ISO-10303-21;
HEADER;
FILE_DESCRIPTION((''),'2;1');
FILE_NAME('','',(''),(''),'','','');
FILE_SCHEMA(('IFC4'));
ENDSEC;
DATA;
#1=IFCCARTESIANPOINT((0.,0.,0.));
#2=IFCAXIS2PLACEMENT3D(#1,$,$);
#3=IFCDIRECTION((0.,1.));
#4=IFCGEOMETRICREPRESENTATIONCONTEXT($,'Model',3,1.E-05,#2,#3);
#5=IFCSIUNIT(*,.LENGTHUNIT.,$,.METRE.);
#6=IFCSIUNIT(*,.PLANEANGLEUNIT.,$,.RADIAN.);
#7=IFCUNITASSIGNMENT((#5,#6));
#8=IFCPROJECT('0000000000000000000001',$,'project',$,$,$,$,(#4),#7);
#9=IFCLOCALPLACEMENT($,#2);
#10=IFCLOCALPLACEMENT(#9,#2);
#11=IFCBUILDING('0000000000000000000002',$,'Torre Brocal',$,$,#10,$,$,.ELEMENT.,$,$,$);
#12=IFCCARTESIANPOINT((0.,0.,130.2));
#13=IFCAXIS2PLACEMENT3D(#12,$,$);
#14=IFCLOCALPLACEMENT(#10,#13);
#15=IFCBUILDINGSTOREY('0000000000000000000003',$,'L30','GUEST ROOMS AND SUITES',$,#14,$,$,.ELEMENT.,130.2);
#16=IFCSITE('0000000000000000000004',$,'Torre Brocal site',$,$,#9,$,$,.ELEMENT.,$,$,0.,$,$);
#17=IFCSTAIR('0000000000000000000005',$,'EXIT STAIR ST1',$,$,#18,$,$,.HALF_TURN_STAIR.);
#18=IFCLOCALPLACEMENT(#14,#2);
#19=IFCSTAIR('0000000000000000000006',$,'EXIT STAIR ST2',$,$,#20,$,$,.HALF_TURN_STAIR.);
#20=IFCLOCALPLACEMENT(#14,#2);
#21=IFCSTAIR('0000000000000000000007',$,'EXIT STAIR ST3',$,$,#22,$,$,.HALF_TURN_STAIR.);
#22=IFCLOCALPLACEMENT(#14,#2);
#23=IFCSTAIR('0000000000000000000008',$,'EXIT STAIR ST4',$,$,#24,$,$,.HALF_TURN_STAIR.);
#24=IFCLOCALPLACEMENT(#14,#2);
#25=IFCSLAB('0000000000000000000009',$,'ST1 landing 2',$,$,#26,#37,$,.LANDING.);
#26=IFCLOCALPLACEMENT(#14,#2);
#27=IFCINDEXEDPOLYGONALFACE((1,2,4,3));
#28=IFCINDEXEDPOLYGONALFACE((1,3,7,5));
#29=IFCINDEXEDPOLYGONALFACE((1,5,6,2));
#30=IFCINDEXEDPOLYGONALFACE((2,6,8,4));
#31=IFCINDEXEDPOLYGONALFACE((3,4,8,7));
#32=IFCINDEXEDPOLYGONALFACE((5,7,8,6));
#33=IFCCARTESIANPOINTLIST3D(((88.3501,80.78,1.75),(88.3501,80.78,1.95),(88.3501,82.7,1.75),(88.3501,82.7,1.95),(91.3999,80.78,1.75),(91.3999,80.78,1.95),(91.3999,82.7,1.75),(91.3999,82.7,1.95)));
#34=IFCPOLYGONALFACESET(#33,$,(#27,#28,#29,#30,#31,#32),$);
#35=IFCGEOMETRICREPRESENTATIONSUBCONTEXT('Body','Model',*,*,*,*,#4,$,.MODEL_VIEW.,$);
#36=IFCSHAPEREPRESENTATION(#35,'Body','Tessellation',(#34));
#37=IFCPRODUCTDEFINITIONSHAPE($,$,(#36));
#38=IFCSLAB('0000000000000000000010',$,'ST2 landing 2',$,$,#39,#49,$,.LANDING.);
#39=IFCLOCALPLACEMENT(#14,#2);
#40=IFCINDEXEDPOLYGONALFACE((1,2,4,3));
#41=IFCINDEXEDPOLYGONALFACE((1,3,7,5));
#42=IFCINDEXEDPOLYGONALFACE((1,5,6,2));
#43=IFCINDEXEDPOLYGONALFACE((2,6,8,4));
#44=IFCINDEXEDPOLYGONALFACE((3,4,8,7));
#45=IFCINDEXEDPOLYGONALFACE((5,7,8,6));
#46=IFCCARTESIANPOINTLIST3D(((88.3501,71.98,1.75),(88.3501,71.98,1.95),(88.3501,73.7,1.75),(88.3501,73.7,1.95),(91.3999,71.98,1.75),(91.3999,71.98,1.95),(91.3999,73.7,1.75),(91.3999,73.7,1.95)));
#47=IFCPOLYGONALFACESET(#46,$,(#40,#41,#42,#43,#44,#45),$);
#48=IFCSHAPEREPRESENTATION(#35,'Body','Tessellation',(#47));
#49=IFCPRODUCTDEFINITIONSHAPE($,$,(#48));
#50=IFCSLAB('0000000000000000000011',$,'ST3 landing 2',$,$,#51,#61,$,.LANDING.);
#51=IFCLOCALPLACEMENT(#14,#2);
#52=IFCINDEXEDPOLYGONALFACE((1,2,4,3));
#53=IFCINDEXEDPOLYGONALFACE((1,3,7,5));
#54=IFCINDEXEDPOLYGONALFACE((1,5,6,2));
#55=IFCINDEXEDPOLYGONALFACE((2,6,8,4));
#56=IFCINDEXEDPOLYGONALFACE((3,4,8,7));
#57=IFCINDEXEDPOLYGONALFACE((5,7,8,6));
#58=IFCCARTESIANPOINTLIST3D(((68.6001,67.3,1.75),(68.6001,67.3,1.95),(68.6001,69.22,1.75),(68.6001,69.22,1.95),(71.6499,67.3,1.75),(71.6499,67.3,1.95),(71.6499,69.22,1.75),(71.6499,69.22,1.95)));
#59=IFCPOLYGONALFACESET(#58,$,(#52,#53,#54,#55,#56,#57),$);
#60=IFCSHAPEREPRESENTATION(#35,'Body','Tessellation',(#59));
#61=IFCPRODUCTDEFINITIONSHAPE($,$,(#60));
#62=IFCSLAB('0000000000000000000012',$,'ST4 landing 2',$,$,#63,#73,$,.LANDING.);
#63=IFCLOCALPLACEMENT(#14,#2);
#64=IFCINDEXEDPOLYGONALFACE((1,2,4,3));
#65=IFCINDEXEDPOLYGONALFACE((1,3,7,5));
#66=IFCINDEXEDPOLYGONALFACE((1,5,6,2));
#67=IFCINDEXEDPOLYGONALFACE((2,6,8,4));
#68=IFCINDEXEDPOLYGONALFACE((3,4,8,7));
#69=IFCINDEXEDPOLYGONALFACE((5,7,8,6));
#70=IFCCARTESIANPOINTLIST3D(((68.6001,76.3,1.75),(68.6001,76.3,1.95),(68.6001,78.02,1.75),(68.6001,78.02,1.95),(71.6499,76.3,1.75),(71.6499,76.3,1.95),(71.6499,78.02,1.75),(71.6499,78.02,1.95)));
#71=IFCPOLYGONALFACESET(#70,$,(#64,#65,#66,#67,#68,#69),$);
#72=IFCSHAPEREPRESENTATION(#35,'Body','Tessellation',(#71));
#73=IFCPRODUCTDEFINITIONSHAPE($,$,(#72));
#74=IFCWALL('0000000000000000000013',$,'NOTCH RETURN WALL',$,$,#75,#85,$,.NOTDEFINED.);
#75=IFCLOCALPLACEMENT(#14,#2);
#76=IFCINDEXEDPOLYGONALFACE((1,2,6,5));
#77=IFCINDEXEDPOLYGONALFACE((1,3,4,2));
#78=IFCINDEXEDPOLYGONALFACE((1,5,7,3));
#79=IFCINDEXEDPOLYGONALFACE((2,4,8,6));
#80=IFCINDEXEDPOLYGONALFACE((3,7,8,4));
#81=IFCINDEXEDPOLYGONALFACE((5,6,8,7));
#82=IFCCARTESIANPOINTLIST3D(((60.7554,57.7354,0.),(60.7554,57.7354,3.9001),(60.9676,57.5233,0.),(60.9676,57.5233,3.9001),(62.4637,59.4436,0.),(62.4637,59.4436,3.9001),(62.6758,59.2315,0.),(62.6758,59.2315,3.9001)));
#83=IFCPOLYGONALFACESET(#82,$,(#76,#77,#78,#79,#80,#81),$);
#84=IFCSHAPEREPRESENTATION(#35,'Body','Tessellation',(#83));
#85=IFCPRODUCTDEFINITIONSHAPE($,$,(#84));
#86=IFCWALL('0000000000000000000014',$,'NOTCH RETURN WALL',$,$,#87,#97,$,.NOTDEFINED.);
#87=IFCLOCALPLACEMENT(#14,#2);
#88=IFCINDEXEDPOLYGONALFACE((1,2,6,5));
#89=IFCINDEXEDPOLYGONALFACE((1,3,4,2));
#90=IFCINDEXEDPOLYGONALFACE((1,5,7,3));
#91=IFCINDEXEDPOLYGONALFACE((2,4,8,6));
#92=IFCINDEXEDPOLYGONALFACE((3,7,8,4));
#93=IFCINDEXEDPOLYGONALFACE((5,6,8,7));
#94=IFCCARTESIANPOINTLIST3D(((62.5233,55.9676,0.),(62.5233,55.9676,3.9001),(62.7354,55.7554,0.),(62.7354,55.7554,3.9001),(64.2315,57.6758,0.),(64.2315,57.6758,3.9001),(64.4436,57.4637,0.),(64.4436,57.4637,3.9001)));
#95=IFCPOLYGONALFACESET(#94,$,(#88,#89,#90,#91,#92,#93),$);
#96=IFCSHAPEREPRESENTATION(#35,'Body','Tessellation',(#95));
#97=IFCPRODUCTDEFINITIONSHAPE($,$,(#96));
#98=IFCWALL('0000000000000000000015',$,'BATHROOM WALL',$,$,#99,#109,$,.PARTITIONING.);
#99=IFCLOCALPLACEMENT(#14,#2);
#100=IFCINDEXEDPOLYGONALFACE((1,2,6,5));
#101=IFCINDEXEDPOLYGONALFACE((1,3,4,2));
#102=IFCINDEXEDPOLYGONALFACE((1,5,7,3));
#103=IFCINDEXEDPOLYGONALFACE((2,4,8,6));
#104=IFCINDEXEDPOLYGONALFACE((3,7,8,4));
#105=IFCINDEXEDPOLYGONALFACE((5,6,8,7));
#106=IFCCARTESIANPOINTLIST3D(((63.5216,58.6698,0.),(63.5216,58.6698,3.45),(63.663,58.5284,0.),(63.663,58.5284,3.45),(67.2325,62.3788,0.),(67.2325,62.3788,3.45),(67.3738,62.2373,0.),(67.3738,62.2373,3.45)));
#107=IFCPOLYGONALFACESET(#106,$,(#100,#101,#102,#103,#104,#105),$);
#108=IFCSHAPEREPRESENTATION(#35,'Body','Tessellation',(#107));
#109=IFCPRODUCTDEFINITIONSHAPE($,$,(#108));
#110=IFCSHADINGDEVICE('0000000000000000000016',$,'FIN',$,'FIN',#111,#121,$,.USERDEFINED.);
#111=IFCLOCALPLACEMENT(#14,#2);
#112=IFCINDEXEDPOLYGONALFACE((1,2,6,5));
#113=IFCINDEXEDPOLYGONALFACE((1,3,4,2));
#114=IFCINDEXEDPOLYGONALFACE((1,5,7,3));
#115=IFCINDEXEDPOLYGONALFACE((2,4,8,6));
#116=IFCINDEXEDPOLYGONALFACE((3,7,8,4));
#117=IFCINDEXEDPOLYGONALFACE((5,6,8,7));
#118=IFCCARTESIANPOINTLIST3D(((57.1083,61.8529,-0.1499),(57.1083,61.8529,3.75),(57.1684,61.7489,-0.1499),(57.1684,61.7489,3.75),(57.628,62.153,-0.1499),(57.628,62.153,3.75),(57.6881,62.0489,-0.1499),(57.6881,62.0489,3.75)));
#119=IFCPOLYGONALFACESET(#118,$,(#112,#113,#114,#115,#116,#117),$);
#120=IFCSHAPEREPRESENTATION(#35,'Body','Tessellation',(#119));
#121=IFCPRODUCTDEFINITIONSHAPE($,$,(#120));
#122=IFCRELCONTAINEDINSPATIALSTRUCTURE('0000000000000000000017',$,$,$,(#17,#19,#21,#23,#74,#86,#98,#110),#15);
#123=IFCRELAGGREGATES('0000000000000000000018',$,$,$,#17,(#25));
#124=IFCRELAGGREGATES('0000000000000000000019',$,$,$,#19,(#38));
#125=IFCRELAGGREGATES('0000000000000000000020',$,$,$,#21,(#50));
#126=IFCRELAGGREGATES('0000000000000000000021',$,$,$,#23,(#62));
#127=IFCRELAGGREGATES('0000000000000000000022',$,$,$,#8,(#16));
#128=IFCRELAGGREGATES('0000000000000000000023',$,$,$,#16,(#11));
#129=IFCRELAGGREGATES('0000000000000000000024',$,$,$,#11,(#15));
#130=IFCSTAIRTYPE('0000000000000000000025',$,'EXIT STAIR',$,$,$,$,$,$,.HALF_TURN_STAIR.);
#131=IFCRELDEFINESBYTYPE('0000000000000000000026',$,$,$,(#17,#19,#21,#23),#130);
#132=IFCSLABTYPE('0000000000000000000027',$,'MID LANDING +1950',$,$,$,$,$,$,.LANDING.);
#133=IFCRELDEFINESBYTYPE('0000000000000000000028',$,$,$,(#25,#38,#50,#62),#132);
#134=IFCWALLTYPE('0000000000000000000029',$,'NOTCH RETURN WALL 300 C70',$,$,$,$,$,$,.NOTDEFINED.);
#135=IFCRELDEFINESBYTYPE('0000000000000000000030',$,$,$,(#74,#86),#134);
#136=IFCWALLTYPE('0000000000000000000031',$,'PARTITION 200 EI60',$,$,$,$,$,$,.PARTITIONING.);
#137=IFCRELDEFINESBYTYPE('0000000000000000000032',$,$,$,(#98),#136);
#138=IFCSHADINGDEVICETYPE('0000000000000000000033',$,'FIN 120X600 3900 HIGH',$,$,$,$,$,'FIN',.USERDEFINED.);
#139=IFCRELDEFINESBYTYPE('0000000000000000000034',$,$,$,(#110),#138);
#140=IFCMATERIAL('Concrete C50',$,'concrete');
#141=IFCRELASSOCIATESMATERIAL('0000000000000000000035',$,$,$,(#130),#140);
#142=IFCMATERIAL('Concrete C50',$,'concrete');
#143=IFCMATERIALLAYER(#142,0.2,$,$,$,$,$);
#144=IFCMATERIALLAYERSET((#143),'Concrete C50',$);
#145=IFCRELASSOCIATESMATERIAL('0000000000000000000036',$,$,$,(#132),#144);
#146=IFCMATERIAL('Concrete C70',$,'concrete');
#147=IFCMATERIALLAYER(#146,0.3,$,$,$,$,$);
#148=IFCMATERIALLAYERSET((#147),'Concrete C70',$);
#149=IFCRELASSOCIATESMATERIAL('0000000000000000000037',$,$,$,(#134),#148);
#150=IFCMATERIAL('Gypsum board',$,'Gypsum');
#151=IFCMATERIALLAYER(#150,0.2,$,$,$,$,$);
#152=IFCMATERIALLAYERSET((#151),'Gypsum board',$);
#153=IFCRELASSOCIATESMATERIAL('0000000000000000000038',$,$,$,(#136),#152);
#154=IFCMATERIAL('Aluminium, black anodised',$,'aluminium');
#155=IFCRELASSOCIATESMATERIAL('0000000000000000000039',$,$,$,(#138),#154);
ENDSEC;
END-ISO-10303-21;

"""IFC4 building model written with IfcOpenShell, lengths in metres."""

from ifc_helpers import new_model, si_unit, direction, frame, frame_2d, origin, origin_2d, place, context, subcontext, project, spatial, polyline, rectangle, outline, extrude, material, layer, layer_set, material_profile, profile_set, type_object, element, aggregate, save


model = new_model("IFC4")

# Units and contexts
model_context = context("Model", 3, precision=1e-05, world=origin(), true_north=direction((0.0, 1.0)))
body_context = subcontext(model_context, "Body", "Model", "MODEL_VIEW")
ifc_project = project(units=[si_unit("LENGTHUNIT", "METRE"), si_unit("PLANEANGLEUNIT", "RADIAN")], contexts=[model_context])

# Site, building, storey
site_placement = place(None, origin())
site = spatial("IfcSite", under=ifc_project, at=site_placement, Name="Torre Brocal site", CompositionType="ELEMENT", RefElevation=0.0)
building_placement = place(site_placement, origin())
building = spatial("IfcBuilding", under=site, at=building_placement, Name="Torre Brocal", CompositionType="ELEMENT")
storey_placement = place(building_placement, frame((0.0, 0.0, 130.2)))
storey = spatial("IfcBuildingStorey", under=building, at=storey_placement, Name="L30", Description="GUEST ROOMS AND SUITES", CompositionType="ELEMENT", Elevation=130.2)

# Stairs
ifc_material_1 = material(Name="Concrete C50", Category="concrete")
stair_type = type_object("IfcStairType", Name="EXIT STAIR", PredefinedType="HALF_TURN_STAIR", material=ifc_material_1)
stair_1_placement = place(storey_placement, origin())
stair_1 = element("IfcStair", 1, at=stair_1_placement, inside=storey, type_object=stair_type, Name="EXIT STAIR ST1", PredefinedType="HALF_TURN_STAIR")
stair_2_placement = place(storey_placement, origin())
stair_2 = element("IfcStair", 2, at=stair_2_placement, inside=storey, type_object=stair_type, Name="EXIT STAIR ST2", PredefinedType="HALF_TURN_STAIR")
stair_3_placement = place(storey_placement, origin())
stair_3 = element("IfcStair", 3, at=stair_3_placement, inside=storey, type_object=stair_type, Name="EXIT STAIR ST3", PredefinedType="HALF_TURN_STAIR")
stair_4_placement = place(storey_placement, origin())
stair_4 = element("IfcStair", 4, at=stair_4_placement, inside=storey, type_object=stair_type, Name="EXIT STAIR ST4", PredefinedType="HALF_TURN_STAIR")

# Slabs
ifc_material_2 = material(Name="Concrete C50", Category="concrete")
ifc_layer_1 = layer(ifc_material_2, 0.2)
ifc_layer_set_1 = layer_set([ifc_layer_1], Name="Concrete C50")
slab_type_1 = type_object("IfcSlabType", Name="MID LANDING +1950", PredefinedType="LANDING", material=ifc_layer_set_1)
slab_1_placement = place(storey_placement, frame((0.0, 0.0, 1.75)))
slab_1 = element("IfcSlab", 5, at=slab_1_placement, type_object=slab_type_1, Name="ST1 landing 2", PredefinedType="LANDING", context=body_context, shape_type="SweptSolid", body=[
    extrude(outline(polyline([(88.3501, 80.78), (91.3999, 80.78), (91.3999, 82.7), (88.3501, 82.7), (88.3501, 80.78)])), origin(), (0.0, 0.0, 1.0), 0.2),
])
aggregate(stair_1, [slab_1])
slab_2_placement = place(storey_placement, frame((0.0, 0.0, 1.75)))
slab_2 = element("IfcSlab", 6, at=slab_2_placement, type_object=slab_type_1, Name="ST2 landing 2", PredefinedType="LANDING", context=body_context, shape_type="SweptSolid", body=[
    extrude(outline(polyline([(88.3501, 71.98), (91.3999, 71.98), (91.3999, 73.7), (88.3501, 73.7), (88.3501, 71.98)])), origin(), (0.0, 0.0, 1.0), 0.2),
])
aggregate(stair_2, [slab_2])
slab_3_placement = place(storey_placement, frame((0.0, 0.0, 1.75)))
slab_3 = element("IfcSlab", 7, at=slab_3_placement, type_object=slab_type_1, Name="ST3 landing 2", PredefinedType="LANDING", context=body_context, shape_type="SweptSolid", body=[
    extrude(outline(polyline([(71.6499, 69.22), (68.6001, 69.22), (68.6001, 67.3), (71.6499, 67.3), (71.6499, 69.22)])), origin(), (0.0, 0.0, 1.0), 0.2),
])
aggregate(stair_3, [slab_3])
slab_4_placement = place(storey_placement, frame((0.0, 0.0, 1.75)))
slab_4 = element("IfcSlab", 8, at=slab_4_placement, type_object=slab_type_1, Name="ST4 landing 2", PredefinedType="LANDING", context=body_context, shape_type="SweptSolid", body=[
    extrude(outline(polyline([(71.6499, 78.02), (68.6001, 78.02), (68.6001, 76.3), (71.6499, 76.3), (71.6499, 78.02)])), origin(), (0.0, 0.0, 1.0), 0.2),
])
aggregate(stair_4, [slab_4])

# Walls
ifc_material_3 = material(Name="Concrete C70", Category="concrete")
ifc_layer_2 = layer(ifc_material_3, 0.3)
ifc_layer_set_2 = layer_set([ifc_layer_2], Name="Concrete C70")
wall_type_1 = type_object("IfcWallType", Name="NOTCH RETURN WALL 300 C70", PredefinedType="NOTDEFINED", material=ifc_layer_set_2)
for number, where, z_axis, x_axis, name in (
    (9, (62.5698, 59.3376, 0.0), (0.0, 0.0, 1.0), (-0.707107, -0.707107, 0.0), "NOTCH RETURN WALL"),
    (10, (64.3376, 57.5698, 0.0), (0.0, 0.0, 1.0), (-0.707107, -0.707107, 0.0), "NOTCH RETURN WALL"),
):
    element("IfcWall", number, at=place(storey_placement, frame(where, z_axis=z_axis, x_axis=x_axis)), inside=storey, type_object=wall_type_1, Name=name, PredefinedType="NOTDEFINED", context=body_context, shape_type="SweptSolid", body=[
        extrude(rectangle(XDim=2.4158, YDim=0.3, at=frame_2d((1.208, 0.0))), origin(), (0.0, 0.0, 1.0), 3.9001),
    ])
ifc_material_4 = material(Name="Gypsum board", Category="Gypsum")
ifc_layer_3 = layer(ifc_material_4, 0.2)
ifc_layer_set_3 = layer_set([ifc_layer_3], Name="Gypsum board")
wall_type_2 = type_object("IfcWallType", Name="PARTITION 200 EI60", PredefinedType="PARTITIONING", material=ifc_layer_set_3)
wall_placement = place(storey_placement, frame((63.5923, 58.5991, 0.0), z_axis=(0.0, 0.0, 1.0), x_axis=(0.707293, 0.706921, 0.0)))
element("IfcWall", 11, at=wall_placement, inside=storey, type_object=wall_type_2, Name="BATHROOM WALL", PredefinedType="PARTITIONING", context=body_context, shape_type="SweptSolid", body=[
    extrude(rectangle(XDim=5.2466, YDim=0.2, at=frame_2d((2.6233, 0.0))), origin(), (0.0, 0.0, 1.0), 3.45),
])

# Shading device
ifc_material_5 = material(Name="Aluminium, black anodised", Category="aluminium")
ifc_material_profile_1 = material_profile(ifc_material_5, rectangle(XDim=0.1201, YDim=0.6001, at=origin_2d()), Name="FIN 120X600 3900 HIGH")
ifc_profile_set_1 = profile_set([ifc_material_profile_1], Name="Aluminium, black anodised")
shading_device_type = type_object("IfcShadingDeviceType", Name="FIN 120X600 3900 HIGH", ElementType="FIN", PredefinedType="USERDEFINED", material=ifc_profile_set_1)
shading_device_placement = place(storey_placement, frame((57.3982, 61.9509, -0.1499), z_axis=(0.0, 0.0, 1.0), x_axis=(0.5, -0.866025, 0.0)))
element("IfcShadingDevice", 12, at=shading_device_placement, inside=storey, type_object=shading_device_type, Name="FIN", ObjectType="FIN", PredefinedType="USERDEFINED", context=body_context, shape_type="SweptSolid", body=[
    extrude(rectangle(XDim=0.1201, YDim=0.6001, at=origin_2d()), origin(), (0.0, 0.0, 1.0), 3.8999),
])

save(model, "model.ifc")
